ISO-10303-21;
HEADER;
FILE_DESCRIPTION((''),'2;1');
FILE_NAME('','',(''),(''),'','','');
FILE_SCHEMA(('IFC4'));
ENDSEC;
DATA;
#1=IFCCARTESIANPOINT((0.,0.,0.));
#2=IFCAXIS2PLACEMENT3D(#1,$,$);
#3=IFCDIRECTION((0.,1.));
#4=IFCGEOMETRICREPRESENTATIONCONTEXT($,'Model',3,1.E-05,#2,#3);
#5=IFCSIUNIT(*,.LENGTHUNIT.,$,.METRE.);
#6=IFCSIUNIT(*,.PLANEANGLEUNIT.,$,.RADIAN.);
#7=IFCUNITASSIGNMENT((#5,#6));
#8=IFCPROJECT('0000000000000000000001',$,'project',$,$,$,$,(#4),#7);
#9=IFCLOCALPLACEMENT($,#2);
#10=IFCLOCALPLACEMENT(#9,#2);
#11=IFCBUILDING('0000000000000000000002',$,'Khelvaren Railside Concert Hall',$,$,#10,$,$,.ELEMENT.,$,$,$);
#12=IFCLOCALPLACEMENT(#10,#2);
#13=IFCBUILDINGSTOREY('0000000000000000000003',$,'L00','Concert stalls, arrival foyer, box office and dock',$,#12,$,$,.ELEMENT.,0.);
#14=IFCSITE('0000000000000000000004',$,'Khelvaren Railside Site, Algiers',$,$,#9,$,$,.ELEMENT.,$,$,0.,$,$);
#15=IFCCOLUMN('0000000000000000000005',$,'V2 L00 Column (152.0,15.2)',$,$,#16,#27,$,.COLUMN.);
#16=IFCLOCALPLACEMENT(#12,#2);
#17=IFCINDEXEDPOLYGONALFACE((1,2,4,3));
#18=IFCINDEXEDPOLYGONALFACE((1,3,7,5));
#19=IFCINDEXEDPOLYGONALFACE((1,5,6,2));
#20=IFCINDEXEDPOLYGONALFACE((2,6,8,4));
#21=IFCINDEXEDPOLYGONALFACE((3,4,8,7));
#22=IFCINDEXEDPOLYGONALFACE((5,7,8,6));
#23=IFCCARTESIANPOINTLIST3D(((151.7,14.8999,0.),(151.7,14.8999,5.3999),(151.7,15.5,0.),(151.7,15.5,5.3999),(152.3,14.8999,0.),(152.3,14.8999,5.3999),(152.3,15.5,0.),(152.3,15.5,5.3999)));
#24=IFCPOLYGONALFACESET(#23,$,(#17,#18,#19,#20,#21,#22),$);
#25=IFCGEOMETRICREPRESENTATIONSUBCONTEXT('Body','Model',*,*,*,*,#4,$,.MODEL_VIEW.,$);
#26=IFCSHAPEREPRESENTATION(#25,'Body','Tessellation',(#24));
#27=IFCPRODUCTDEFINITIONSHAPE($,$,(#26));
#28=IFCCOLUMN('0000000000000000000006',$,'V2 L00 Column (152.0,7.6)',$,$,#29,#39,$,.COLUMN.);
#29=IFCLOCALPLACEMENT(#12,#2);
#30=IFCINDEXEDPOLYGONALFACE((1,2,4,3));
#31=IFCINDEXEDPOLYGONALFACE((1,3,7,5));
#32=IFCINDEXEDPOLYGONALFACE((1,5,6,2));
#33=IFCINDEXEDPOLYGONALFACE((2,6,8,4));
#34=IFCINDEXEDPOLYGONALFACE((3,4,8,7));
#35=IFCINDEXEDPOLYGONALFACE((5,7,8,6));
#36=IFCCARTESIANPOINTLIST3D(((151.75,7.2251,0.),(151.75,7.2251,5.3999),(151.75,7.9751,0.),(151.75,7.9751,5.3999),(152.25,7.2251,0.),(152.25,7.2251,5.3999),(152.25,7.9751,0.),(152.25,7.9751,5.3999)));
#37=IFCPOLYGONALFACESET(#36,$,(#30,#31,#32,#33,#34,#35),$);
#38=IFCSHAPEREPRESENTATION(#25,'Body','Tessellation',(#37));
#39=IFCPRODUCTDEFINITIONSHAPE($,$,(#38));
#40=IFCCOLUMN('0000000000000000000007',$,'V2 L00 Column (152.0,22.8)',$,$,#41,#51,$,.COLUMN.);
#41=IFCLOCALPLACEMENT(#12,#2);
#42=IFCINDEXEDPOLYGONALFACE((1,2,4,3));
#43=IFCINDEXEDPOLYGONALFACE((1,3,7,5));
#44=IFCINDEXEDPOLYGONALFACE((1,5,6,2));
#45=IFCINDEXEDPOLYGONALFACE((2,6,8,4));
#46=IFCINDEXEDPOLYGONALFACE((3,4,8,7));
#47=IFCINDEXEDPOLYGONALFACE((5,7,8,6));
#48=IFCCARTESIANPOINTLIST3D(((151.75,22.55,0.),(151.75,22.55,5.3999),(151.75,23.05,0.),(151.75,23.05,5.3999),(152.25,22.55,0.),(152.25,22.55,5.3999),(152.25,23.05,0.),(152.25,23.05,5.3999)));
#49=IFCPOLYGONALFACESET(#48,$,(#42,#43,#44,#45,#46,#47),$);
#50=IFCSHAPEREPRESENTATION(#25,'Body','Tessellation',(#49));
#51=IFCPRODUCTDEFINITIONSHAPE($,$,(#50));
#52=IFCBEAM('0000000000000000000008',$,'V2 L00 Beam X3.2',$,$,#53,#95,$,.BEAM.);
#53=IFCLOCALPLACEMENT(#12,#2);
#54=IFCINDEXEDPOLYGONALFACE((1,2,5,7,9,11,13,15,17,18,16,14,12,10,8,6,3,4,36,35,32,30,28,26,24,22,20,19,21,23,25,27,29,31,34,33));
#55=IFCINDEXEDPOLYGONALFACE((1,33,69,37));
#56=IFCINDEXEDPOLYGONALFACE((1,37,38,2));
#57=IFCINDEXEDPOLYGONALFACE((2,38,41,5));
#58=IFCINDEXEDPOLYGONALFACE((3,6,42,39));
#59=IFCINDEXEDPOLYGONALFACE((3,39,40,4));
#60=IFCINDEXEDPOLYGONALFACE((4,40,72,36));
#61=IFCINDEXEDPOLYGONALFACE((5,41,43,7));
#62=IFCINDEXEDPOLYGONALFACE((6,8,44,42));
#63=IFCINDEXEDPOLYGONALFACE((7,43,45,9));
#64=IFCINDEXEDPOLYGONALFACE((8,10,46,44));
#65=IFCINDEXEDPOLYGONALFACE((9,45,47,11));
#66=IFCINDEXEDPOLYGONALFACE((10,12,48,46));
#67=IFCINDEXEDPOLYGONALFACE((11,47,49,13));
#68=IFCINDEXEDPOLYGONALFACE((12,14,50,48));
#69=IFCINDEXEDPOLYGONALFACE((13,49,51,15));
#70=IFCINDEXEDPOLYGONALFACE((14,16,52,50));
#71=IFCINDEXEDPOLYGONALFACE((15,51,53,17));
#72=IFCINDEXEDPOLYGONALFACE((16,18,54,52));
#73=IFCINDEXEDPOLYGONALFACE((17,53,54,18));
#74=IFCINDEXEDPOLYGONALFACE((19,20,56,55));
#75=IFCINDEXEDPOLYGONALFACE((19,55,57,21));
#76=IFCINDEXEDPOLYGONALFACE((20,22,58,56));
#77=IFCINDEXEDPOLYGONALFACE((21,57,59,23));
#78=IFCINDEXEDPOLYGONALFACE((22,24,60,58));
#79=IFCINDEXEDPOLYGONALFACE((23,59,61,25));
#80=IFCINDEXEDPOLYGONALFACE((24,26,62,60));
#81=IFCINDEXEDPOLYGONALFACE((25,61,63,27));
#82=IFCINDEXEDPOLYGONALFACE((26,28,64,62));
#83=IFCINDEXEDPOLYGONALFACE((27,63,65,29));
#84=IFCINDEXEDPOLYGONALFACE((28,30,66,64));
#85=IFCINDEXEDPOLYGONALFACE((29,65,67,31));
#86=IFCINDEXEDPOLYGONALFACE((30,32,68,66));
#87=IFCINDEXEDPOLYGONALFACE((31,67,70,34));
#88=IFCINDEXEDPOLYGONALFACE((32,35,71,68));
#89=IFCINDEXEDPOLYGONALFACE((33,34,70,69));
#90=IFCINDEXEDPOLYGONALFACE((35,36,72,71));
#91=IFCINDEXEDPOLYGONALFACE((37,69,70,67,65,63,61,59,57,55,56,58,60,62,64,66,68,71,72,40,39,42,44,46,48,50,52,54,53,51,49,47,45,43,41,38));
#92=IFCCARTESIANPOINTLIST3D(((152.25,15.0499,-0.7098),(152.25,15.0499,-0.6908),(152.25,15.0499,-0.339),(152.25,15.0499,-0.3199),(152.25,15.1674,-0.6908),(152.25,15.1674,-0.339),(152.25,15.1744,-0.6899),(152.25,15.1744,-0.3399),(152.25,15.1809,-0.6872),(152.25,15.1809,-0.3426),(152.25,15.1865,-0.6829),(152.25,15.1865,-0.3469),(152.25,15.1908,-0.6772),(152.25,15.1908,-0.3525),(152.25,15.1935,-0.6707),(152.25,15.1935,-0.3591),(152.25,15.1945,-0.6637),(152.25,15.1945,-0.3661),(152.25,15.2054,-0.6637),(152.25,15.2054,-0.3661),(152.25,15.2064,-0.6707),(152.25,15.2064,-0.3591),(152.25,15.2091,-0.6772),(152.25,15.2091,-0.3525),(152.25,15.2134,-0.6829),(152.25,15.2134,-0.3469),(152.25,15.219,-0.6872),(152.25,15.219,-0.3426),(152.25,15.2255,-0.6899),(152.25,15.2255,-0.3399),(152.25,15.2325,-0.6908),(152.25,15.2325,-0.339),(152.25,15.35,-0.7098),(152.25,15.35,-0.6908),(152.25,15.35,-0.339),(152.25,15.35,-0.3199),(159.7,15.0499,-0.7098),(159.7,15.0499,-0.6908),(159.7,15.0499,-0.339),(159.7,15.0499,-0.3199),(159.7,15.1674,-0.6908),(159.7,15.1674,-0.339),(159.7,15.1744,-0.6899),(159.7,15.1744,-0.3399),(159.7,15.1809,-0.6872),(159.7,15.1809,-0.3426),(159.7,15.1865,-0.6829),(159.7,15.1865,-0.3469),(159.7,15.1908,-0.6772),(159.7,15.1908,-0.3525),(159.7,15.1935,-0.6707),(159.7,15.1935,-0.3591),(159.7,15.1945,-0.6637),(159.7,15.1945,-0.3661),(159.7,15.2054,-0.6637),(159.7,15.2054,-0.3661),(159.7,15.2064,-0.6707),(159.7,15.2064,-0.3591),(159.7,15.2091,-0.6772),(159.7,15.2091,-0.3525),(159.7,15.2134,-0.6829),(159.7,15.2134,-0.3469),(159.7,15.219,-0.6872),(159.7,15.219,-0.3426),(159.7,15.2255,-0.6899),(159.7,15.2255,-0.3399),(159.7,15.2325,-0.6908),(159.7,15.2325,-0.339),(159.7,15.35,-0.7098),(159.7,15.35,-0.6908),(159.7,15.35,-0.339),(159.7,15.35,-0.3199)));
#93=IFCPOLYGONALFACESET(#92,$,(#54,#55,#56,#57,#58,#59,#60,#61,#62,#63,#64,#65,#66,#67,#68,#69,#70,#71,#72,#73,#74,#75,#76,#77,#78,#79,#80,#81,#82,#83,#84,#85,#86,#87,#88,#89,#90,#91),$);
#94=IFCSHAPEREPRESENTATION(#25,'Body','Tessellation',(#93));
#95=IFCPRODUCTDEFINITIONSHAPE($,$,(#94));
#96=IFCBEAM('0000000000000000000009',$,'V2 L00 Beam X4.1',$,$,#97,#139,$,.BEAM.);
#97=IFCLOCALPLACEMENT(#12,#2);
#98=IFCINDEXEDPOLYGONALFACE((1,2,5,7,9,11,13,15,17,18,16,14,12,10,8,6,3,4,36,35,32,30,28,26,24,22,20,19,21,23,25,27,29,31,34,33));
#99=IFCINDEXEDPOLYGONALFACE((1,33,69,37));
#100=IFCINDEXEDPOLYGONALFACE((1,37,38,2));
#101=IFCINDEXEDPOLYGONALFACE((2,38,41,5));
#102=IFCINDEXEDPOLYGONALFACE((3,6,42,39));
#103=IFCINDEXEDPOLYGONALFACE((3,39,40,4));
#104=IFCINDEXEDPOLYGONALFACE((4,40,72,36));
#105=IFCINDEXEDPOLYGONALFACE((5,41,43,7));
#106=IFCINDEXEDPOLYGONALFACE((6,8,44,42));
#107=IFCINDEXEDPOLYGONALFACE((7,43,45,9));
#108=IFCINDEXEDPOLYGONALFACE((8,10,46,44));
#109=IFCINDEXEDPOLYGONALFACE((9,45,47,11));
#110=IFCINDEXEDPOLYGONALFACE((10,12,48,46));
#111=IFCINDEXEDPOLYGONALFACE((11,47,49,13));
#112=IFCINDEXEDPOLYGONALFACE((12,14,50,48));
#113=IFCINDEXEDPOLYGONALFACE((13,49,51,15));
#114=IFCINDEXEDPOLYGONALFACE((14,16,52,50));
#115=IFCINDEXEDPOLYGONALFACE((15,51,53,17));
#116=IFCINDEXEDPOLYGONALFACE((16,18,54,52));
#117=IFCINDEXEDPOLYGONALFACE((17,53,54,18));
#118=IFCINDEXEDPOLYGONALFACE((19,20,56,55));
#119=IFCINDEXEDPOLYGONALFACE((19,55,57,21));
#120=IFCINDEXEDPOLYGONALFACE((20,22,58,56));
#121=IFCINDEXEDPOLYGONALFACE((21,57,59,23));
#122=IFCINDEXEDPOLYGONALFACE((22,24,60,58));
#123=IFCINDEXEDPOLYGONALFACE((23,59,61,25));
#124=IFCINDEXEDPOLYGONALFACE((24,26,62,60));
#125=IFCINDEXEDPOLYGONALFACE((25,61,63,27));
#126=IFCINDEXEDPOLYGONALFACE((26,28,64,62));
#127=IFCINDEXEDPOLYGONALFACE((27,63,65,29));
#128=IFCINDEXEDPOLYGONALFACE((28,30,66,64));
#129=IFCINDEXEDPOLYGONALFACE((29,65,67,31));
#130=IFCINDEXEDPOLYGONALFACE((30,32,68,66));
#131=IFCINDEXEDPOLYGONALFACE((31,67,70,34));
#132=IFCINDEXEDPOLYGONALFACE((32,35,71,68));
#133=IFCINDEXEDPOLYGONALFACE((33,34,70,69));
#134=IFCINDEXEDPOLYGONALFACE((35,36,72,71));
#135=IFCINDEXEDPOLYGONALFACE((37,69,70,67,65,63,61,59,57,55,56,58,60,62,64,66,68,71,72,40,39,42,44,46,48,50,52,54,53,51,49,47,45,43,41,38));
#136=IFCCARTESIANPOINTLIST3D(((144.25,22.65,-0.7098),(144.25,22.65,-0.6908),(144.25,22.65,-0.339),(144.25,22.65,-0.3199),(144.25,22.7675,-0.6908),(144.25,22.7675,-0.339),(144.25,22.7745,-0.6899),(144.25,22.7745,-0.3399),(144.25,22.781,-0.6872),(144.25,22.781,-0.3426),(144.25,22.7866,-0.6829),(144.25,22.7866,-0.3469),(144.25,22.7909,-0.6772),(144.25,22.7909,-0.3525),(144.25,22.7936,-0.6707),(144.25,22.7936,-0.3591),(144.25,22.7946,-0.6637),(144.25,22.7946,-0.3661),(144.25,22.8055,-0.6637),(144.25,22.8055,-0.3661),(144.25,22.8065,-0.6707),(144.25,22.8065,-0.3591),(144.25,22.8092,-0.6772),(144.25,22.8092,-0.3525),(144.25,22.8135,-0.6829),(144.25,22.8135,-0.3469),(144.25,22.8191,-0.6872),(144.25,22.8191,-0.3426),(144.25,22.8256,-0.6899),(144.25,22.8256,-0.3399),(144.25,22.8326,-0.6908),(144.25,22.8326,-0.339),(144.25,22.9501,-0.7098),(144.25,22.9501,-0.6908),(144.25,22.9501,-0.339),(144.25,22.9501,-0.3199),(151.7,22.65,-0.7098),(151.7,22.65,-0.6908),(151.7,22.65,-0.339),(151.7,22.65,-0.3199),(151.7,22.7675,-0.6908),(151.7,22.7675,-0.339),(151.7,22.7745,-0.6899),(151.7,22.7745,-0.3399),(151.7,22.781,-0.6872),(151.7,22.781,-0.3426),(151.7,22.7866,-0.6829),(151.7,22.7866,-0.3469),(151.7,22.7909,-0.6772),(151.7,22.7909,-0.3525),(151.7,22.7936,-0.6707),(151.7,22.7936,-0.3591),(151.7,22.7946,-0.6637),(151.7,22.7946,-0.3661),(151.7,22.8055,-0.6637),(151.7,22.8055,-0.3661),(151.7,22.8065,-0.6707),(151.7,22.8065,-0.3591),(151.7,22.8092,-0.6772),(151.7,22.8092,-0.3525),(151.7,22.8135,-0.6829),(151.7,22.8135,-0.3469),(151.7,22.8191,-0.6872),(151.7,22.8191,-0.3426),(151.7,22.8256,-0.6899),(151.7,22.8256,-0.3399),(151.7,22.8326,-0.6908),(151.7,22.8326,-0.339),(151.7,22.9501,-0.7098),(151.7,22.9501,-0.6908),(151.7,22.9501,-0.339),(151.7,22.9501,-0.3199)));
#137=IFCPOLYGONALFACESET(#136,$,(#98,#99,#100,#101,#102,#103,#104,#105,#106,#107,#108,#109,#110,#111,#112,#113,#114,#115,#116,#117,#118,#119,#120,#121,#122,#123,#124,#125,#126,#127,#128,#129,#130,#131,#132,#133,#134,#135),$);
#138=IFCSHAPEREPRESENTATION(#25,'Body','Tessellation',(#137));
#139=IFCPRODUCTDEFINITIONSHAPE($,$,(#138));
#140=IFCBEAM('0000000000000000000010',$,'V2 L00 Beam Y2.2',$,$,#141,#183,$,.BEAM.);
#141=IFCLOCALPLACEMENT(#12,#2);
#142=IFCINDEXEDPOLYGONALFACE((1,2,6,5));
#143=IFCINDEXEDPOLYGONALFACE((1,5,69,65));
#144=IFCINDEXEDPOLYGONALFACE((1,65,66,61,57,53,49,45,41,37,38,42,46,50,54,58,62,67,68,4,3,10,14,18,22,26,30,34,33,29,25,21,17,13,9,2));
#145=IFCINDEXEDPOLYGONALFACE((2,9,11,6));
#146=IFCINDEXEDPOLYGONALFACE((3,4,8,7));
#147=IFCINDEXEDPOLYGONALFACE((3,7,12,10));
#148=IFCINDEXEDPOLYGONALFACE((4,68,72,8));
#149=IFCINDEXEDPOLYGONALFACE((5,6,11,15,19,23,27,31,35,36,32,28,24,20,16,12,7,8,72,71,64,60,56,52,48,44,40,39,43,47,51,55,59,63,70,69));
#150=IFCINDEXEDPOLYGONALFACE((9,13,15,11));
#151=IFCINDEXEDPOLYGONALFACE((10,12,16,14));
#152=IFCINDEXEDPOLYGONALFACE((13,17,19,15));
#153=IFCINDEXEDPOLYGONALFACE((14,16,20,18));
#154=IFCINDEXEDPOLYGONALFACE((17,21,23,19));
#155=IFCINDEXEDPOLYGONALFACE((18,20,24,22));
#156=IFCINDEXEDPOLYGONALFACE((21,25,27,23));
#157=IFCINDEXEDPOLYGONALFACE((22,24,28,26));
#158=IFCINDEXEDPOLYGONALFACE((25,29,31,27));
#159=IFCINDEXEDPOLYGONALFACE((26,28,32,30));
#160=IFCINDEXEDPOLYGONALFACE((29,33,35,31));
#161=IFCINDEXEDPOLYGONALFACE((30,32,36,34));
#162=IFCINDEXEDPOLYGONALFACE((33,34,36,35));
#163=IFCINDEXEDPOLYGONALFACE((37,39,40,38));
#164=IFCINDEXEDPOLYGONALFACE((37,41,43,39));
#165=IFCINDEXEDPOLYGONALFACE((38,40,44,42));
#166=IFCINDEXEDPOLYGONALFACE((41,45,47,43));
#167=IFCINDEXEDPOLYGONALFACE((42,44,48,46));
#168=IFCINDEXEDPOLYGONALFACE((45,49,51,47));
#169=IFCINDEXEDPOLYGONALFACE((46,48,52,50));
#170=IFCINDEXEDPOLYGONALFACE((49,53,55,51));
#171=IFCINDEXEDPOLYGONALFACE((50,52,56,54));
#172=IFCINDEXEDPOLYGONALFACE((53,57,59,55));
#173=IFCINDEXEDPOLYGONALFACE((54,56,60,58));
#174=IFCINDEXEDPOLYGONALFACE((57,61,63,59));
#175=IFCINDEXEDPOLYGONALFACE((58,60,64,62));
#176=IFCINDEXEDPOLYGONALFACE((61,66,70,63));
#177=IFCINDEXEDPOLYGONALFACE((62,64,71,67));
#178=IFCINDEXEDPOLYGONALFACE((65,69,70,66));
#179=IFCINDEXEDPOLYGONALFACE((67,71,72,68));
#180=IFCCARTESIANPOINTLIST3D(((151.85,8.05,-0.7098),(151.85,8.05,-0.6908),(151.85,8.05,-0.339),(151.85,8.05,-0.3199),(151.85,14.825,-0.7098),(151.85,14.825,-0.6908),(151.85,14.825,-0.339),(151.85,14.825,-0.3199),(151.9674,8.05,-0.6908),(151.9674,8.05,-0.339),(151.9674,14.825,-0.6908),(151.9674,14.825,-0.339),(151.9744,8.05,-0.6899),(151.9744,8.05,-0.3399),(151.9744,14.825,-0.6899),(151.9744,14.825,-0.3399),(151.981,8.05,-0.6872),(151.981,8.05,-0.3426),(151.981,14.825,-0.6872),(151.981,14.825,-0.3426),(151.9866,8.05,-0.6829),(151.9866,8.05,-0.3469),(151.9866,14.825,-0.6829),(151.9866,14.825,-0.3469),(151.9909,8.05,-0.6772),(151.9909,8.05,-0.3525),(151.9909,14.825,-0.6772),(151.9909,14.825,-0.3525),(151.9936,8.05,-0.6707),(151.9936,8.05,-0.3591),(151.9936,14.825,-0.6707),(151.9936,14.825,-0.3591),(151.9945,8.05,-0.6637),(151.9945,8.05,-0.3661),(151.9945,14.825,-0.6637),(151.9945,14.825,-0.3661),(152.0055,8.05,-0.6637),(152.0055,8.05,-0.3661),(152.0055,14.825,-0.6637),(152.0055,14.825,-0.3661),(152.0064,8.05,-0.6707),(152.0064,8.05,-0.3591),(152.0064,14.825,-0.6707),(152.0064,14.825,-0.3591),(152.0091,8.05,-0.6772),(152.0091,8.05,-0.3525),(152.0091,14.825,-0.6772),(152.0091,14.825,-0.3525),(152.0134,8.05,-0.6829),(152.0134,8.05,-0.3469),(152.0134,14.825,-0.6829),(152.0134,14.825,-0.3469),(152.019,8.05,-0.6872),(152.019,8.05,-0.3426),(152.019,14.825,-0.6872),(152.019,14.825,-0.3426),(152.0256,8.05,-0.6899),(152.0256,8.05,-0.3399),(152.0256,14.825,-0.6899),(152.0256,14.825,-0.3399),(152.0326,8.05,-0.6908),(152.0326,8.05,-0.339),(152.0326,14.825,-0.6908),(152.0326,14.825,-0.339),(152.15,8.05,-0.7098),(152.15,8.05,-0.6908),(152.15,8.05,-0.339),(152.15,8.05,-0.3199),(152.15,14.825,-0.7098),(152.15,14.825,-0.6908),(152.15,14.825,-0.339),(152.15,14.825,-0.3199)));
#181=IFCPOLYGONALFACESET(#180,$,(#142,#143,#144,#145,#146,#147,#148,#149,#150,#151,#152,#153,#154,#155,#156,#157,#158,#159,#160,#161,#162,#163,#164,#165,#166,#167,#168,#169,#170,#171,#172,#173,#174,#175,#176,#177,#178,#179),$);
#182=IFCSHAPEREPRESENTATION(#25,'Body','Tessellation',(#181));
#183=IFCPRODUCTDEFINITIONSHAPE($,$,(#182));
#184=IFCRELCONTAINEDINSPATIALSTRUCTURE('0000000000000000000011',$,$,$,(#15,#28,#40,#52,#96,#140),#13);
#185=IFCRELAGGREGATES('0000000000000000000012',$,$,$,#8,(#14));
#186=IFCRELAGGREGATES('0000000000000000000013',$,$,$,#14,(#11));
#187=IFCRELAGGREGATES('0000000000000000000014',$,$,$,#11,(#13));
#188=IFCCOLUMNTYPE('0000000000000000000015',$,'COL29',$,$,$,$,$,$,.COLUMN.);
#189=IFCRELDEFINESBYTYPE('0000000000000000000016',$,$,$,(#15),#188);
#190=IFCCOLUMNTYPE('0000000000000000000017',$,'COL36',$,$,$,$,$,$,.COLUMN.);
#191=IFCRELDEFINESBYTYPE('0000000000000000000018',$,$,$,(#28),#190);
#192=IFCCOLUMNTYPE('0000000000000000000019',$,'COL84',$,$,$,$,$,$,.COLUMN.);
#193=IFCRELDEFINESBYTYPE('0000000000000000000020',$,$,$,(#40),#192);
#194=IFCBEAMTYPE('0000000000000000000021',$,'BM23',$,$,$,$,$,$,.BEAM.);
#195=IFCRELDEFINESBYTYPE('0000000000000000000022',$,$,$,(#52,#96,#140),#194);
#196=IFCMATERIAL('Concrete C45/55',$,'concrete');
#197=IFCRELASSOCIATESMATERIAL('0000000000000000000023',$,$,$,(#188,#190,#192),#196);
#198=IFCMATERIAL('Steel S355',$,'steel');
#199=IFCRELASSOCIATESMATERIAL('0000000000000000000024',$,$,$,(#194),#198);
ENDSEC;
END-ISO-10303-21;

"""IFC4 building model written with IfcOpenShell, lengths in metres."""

from ifc_helpers import new_model, si_unit, direction, frame, origin, origin_2d, place, context, subcontext, project, spatial, rectangle, i_section, extrude, material, material_profile, profile_set, type_object, element, save


model = new_model("IFC4")

# Units and contexts
model_context = context("Model", 3, precision=1e-05, world=origin(), true_north=direction((0.0, 1.0)))
body_context = subcontext(model_context, "Body", "Model", "MODEL_VIEW")
ifc_project = project(units=[si_unit("LENGTHUNIT", "METRE"), si_unit("PLANEANGLEUNIT", "RADIAN")], contexts=[model_context])

# Site, building, storey
site_placement = place(None, origin())
site = spatial("IfcSite", under=ifc_project, at=site_placement, Name="Khelvaren Railside Site, Algiers", CompositionType="ELEMENT", RefElevation=0.0)
building_placement = place(site_placement, origin())
building = spatial("IfcBuilding", under=site, at=building_placement, Name="Khelvaren Railside Concert Hall", CompositionType="ELEMENT")
storey_placement = place(building_placement, origin())
storey = spatial("IfcBuildingStorey", under=building, at=storey_placement, Name="L00", Description="Concert stalls, arrival foyer, box office and dock", CompositionType="ELEMENT", Elevation=0.0)

# Columns
ifc_material_1 = material(Name="Concrete C45/55", Category="concrete")
ifc_material_profile_1 = material_profile(ifc_material_1, rectangle(XDim=0.6001, YDim=0.6001, at=origin_2d()), Name="RC 600x600")
ifc_profile_set_1 = profile_set([ifc_material_profile_1], Name="Concrete C45/55")
column_type_1 = type_object("IfcColumnType", Name="COL29", PredefinedType="COLUMN", material=ifc_profile_set_1)
column_1_placement = place(storey_placement, frame((152.0, 15.2, 0.0), z_axis=(0.0, 0.0, 1.0), x_axis=(1.0, 0.0, 0.0)))
element("IfcColumn", 1, at=column_1_placement, inside=storey, type_object=column_type_1, Name="V2 L00 Column (152.0,15.2)", PredefinedType="COLUMN", context=body_context, shape_type="SweptSolid", body=[
    extrude(rectangle(XDim=0.6001, YDim=0.6001, at=origin_2d()), origin(), (0.0, 0.0, 1.0), 5.3999),
])
ifc_material_profile_2 = material_profile(ifc_material_1, rectangle(XDim=0.5, YDim=0.75, at=origin_2d()), Name="RC 500x750")
ifc_profile_set_2 = profile_set([ifc_material_profile_2], Name="Concrete C45/55")
column_type_2 = type_object("IfcColumnType", Name="COL36", PredefinedType="COLUMN", material=ifc_profile_set_2)
column_2_placement = place(storey_placement, frame((152.0, 7.6001, 0.0), z_axis=(0.0, 0.0, 1.0), x_axis=(1.0, 0.0, 0.0)))
element("IfcColumn", 2, at=column_2_placement, inside=storey, type_object=column_type_2, Name="V2 L00 Column (152.0,7.6)", PredefinedType="COLUMN", context=body_context, shape_type="SweptSolid", body=[
    extrude(rectangle(XDim=0.5, YDim=0.75, at=origin_2d()), origin(), (0.0, 0.0, 1.0), 5.3999),
])
ifc_material_profile_3 = material_profile(ifc_material_1, rectangle(XDim=0.5, YDim=0.5, at=origin_2d()), Name="RC 500x500")
ifc_profile_set_3 = profile_set([ifc_material_profile_3], Name="Concrete C45/55")
column_type_3 = type_object("IfcColumnType", Name="COL84", PredefinedType="COLUMN", material=ifc_profile_set_3)
column_3_placement = place(storey_placement, frame((152.0, 22.8, 0.0), z_axis=(0.0, 0.0, 1.0), x_axis=(1.0, 0.0, 0.0)))
element("IfcColumn", 3, at=column_3_placement, inside=storey, type_object=column_type_3, Name="V2 L00 Column (152.0,22.8)", PredefinedType="COLUMN", context=body_context, shape_type="SweptSolid", body=[
    extrude(rectangle(XDim=0.5, YDim=0.5, at=origin_2d()), origin(), (0.0, 0.0, 1.0), 5.3999),
])

# Beams
ifc_material_2 = material(Name="Steel S355", Category="steel")
ifc_material_profile_4 = material_profile(ifc_material_2, i_section(OverallWidth=0.3, OverallDepth=0.3899, WebThickness=0.011, FlangeThickness=0.019, FilletRadius=0.0271, at=origin_2d()), Name="HEA 400")
ifc_profile_set_4 = profile_set([ifc_material_profile_4], Name="Steel S355")
beam_type_1 = type_object("IfcBeamType", Name="BM23", PredefinedType="BEAM", material=ifc_profile_set_4)
for number, where, z_axis, x_axis, name in (
    (4, (152.25, 15.2, -0.5149), (1.0, 0.0, 0.0), (0.0, 1.0, 0.0), "V2 L00 Beam X3.2"),
    (5, (144.25, 22.8, -0.5149), (1.0, 0.0, 0.0), (0.0, 1.0, 0.0), "V2 L00 Beam X4.1"),
):
    element("IfcBeam", number, at=place(storey_placement, frame(where, z_axis=z_axis, x_axis=x_axis)), inside=storey, type_object=beam_type_1, Name=name, PredefinedType="BEAM", context=body_context, shape_type="SweptSolid", body=[
        extrude(i_section(OverallWidth=0.3, OverallDepth=0.3899, WebThickness=0.011, FlangeThickness=0.019, FilletRadius=0.0271, at=origin_2d()), origin(), (0.0, 0.0, 1.0), 7.45),
    ])
beam_1_placement = place(storey_placement, frame((152.0, 8.05, -0.5149), z_axis=(0.0, 1.0, 0.0), x_axis=(-1.0, 0.0, 0.0)))
element("IfcBeam", 6, at=beam_1_placement, inside=storey, type_object=beam_type_1, Name="V2 L00 Beam Y2.2", PredefinedType="BEAM", context=body_context, shape_type="SweptSolid", body=[
    extrude(i_section(OverallWidth=0.3, OverallDepth=0.3899, WebThickness=0.011, FlangeThickness=0.019, FilletRadius=0.0271, at=origin_2d()), origin(), (0.0, 0.0, 1.0), 6.7749),
])

save(model, "model.ifc")
